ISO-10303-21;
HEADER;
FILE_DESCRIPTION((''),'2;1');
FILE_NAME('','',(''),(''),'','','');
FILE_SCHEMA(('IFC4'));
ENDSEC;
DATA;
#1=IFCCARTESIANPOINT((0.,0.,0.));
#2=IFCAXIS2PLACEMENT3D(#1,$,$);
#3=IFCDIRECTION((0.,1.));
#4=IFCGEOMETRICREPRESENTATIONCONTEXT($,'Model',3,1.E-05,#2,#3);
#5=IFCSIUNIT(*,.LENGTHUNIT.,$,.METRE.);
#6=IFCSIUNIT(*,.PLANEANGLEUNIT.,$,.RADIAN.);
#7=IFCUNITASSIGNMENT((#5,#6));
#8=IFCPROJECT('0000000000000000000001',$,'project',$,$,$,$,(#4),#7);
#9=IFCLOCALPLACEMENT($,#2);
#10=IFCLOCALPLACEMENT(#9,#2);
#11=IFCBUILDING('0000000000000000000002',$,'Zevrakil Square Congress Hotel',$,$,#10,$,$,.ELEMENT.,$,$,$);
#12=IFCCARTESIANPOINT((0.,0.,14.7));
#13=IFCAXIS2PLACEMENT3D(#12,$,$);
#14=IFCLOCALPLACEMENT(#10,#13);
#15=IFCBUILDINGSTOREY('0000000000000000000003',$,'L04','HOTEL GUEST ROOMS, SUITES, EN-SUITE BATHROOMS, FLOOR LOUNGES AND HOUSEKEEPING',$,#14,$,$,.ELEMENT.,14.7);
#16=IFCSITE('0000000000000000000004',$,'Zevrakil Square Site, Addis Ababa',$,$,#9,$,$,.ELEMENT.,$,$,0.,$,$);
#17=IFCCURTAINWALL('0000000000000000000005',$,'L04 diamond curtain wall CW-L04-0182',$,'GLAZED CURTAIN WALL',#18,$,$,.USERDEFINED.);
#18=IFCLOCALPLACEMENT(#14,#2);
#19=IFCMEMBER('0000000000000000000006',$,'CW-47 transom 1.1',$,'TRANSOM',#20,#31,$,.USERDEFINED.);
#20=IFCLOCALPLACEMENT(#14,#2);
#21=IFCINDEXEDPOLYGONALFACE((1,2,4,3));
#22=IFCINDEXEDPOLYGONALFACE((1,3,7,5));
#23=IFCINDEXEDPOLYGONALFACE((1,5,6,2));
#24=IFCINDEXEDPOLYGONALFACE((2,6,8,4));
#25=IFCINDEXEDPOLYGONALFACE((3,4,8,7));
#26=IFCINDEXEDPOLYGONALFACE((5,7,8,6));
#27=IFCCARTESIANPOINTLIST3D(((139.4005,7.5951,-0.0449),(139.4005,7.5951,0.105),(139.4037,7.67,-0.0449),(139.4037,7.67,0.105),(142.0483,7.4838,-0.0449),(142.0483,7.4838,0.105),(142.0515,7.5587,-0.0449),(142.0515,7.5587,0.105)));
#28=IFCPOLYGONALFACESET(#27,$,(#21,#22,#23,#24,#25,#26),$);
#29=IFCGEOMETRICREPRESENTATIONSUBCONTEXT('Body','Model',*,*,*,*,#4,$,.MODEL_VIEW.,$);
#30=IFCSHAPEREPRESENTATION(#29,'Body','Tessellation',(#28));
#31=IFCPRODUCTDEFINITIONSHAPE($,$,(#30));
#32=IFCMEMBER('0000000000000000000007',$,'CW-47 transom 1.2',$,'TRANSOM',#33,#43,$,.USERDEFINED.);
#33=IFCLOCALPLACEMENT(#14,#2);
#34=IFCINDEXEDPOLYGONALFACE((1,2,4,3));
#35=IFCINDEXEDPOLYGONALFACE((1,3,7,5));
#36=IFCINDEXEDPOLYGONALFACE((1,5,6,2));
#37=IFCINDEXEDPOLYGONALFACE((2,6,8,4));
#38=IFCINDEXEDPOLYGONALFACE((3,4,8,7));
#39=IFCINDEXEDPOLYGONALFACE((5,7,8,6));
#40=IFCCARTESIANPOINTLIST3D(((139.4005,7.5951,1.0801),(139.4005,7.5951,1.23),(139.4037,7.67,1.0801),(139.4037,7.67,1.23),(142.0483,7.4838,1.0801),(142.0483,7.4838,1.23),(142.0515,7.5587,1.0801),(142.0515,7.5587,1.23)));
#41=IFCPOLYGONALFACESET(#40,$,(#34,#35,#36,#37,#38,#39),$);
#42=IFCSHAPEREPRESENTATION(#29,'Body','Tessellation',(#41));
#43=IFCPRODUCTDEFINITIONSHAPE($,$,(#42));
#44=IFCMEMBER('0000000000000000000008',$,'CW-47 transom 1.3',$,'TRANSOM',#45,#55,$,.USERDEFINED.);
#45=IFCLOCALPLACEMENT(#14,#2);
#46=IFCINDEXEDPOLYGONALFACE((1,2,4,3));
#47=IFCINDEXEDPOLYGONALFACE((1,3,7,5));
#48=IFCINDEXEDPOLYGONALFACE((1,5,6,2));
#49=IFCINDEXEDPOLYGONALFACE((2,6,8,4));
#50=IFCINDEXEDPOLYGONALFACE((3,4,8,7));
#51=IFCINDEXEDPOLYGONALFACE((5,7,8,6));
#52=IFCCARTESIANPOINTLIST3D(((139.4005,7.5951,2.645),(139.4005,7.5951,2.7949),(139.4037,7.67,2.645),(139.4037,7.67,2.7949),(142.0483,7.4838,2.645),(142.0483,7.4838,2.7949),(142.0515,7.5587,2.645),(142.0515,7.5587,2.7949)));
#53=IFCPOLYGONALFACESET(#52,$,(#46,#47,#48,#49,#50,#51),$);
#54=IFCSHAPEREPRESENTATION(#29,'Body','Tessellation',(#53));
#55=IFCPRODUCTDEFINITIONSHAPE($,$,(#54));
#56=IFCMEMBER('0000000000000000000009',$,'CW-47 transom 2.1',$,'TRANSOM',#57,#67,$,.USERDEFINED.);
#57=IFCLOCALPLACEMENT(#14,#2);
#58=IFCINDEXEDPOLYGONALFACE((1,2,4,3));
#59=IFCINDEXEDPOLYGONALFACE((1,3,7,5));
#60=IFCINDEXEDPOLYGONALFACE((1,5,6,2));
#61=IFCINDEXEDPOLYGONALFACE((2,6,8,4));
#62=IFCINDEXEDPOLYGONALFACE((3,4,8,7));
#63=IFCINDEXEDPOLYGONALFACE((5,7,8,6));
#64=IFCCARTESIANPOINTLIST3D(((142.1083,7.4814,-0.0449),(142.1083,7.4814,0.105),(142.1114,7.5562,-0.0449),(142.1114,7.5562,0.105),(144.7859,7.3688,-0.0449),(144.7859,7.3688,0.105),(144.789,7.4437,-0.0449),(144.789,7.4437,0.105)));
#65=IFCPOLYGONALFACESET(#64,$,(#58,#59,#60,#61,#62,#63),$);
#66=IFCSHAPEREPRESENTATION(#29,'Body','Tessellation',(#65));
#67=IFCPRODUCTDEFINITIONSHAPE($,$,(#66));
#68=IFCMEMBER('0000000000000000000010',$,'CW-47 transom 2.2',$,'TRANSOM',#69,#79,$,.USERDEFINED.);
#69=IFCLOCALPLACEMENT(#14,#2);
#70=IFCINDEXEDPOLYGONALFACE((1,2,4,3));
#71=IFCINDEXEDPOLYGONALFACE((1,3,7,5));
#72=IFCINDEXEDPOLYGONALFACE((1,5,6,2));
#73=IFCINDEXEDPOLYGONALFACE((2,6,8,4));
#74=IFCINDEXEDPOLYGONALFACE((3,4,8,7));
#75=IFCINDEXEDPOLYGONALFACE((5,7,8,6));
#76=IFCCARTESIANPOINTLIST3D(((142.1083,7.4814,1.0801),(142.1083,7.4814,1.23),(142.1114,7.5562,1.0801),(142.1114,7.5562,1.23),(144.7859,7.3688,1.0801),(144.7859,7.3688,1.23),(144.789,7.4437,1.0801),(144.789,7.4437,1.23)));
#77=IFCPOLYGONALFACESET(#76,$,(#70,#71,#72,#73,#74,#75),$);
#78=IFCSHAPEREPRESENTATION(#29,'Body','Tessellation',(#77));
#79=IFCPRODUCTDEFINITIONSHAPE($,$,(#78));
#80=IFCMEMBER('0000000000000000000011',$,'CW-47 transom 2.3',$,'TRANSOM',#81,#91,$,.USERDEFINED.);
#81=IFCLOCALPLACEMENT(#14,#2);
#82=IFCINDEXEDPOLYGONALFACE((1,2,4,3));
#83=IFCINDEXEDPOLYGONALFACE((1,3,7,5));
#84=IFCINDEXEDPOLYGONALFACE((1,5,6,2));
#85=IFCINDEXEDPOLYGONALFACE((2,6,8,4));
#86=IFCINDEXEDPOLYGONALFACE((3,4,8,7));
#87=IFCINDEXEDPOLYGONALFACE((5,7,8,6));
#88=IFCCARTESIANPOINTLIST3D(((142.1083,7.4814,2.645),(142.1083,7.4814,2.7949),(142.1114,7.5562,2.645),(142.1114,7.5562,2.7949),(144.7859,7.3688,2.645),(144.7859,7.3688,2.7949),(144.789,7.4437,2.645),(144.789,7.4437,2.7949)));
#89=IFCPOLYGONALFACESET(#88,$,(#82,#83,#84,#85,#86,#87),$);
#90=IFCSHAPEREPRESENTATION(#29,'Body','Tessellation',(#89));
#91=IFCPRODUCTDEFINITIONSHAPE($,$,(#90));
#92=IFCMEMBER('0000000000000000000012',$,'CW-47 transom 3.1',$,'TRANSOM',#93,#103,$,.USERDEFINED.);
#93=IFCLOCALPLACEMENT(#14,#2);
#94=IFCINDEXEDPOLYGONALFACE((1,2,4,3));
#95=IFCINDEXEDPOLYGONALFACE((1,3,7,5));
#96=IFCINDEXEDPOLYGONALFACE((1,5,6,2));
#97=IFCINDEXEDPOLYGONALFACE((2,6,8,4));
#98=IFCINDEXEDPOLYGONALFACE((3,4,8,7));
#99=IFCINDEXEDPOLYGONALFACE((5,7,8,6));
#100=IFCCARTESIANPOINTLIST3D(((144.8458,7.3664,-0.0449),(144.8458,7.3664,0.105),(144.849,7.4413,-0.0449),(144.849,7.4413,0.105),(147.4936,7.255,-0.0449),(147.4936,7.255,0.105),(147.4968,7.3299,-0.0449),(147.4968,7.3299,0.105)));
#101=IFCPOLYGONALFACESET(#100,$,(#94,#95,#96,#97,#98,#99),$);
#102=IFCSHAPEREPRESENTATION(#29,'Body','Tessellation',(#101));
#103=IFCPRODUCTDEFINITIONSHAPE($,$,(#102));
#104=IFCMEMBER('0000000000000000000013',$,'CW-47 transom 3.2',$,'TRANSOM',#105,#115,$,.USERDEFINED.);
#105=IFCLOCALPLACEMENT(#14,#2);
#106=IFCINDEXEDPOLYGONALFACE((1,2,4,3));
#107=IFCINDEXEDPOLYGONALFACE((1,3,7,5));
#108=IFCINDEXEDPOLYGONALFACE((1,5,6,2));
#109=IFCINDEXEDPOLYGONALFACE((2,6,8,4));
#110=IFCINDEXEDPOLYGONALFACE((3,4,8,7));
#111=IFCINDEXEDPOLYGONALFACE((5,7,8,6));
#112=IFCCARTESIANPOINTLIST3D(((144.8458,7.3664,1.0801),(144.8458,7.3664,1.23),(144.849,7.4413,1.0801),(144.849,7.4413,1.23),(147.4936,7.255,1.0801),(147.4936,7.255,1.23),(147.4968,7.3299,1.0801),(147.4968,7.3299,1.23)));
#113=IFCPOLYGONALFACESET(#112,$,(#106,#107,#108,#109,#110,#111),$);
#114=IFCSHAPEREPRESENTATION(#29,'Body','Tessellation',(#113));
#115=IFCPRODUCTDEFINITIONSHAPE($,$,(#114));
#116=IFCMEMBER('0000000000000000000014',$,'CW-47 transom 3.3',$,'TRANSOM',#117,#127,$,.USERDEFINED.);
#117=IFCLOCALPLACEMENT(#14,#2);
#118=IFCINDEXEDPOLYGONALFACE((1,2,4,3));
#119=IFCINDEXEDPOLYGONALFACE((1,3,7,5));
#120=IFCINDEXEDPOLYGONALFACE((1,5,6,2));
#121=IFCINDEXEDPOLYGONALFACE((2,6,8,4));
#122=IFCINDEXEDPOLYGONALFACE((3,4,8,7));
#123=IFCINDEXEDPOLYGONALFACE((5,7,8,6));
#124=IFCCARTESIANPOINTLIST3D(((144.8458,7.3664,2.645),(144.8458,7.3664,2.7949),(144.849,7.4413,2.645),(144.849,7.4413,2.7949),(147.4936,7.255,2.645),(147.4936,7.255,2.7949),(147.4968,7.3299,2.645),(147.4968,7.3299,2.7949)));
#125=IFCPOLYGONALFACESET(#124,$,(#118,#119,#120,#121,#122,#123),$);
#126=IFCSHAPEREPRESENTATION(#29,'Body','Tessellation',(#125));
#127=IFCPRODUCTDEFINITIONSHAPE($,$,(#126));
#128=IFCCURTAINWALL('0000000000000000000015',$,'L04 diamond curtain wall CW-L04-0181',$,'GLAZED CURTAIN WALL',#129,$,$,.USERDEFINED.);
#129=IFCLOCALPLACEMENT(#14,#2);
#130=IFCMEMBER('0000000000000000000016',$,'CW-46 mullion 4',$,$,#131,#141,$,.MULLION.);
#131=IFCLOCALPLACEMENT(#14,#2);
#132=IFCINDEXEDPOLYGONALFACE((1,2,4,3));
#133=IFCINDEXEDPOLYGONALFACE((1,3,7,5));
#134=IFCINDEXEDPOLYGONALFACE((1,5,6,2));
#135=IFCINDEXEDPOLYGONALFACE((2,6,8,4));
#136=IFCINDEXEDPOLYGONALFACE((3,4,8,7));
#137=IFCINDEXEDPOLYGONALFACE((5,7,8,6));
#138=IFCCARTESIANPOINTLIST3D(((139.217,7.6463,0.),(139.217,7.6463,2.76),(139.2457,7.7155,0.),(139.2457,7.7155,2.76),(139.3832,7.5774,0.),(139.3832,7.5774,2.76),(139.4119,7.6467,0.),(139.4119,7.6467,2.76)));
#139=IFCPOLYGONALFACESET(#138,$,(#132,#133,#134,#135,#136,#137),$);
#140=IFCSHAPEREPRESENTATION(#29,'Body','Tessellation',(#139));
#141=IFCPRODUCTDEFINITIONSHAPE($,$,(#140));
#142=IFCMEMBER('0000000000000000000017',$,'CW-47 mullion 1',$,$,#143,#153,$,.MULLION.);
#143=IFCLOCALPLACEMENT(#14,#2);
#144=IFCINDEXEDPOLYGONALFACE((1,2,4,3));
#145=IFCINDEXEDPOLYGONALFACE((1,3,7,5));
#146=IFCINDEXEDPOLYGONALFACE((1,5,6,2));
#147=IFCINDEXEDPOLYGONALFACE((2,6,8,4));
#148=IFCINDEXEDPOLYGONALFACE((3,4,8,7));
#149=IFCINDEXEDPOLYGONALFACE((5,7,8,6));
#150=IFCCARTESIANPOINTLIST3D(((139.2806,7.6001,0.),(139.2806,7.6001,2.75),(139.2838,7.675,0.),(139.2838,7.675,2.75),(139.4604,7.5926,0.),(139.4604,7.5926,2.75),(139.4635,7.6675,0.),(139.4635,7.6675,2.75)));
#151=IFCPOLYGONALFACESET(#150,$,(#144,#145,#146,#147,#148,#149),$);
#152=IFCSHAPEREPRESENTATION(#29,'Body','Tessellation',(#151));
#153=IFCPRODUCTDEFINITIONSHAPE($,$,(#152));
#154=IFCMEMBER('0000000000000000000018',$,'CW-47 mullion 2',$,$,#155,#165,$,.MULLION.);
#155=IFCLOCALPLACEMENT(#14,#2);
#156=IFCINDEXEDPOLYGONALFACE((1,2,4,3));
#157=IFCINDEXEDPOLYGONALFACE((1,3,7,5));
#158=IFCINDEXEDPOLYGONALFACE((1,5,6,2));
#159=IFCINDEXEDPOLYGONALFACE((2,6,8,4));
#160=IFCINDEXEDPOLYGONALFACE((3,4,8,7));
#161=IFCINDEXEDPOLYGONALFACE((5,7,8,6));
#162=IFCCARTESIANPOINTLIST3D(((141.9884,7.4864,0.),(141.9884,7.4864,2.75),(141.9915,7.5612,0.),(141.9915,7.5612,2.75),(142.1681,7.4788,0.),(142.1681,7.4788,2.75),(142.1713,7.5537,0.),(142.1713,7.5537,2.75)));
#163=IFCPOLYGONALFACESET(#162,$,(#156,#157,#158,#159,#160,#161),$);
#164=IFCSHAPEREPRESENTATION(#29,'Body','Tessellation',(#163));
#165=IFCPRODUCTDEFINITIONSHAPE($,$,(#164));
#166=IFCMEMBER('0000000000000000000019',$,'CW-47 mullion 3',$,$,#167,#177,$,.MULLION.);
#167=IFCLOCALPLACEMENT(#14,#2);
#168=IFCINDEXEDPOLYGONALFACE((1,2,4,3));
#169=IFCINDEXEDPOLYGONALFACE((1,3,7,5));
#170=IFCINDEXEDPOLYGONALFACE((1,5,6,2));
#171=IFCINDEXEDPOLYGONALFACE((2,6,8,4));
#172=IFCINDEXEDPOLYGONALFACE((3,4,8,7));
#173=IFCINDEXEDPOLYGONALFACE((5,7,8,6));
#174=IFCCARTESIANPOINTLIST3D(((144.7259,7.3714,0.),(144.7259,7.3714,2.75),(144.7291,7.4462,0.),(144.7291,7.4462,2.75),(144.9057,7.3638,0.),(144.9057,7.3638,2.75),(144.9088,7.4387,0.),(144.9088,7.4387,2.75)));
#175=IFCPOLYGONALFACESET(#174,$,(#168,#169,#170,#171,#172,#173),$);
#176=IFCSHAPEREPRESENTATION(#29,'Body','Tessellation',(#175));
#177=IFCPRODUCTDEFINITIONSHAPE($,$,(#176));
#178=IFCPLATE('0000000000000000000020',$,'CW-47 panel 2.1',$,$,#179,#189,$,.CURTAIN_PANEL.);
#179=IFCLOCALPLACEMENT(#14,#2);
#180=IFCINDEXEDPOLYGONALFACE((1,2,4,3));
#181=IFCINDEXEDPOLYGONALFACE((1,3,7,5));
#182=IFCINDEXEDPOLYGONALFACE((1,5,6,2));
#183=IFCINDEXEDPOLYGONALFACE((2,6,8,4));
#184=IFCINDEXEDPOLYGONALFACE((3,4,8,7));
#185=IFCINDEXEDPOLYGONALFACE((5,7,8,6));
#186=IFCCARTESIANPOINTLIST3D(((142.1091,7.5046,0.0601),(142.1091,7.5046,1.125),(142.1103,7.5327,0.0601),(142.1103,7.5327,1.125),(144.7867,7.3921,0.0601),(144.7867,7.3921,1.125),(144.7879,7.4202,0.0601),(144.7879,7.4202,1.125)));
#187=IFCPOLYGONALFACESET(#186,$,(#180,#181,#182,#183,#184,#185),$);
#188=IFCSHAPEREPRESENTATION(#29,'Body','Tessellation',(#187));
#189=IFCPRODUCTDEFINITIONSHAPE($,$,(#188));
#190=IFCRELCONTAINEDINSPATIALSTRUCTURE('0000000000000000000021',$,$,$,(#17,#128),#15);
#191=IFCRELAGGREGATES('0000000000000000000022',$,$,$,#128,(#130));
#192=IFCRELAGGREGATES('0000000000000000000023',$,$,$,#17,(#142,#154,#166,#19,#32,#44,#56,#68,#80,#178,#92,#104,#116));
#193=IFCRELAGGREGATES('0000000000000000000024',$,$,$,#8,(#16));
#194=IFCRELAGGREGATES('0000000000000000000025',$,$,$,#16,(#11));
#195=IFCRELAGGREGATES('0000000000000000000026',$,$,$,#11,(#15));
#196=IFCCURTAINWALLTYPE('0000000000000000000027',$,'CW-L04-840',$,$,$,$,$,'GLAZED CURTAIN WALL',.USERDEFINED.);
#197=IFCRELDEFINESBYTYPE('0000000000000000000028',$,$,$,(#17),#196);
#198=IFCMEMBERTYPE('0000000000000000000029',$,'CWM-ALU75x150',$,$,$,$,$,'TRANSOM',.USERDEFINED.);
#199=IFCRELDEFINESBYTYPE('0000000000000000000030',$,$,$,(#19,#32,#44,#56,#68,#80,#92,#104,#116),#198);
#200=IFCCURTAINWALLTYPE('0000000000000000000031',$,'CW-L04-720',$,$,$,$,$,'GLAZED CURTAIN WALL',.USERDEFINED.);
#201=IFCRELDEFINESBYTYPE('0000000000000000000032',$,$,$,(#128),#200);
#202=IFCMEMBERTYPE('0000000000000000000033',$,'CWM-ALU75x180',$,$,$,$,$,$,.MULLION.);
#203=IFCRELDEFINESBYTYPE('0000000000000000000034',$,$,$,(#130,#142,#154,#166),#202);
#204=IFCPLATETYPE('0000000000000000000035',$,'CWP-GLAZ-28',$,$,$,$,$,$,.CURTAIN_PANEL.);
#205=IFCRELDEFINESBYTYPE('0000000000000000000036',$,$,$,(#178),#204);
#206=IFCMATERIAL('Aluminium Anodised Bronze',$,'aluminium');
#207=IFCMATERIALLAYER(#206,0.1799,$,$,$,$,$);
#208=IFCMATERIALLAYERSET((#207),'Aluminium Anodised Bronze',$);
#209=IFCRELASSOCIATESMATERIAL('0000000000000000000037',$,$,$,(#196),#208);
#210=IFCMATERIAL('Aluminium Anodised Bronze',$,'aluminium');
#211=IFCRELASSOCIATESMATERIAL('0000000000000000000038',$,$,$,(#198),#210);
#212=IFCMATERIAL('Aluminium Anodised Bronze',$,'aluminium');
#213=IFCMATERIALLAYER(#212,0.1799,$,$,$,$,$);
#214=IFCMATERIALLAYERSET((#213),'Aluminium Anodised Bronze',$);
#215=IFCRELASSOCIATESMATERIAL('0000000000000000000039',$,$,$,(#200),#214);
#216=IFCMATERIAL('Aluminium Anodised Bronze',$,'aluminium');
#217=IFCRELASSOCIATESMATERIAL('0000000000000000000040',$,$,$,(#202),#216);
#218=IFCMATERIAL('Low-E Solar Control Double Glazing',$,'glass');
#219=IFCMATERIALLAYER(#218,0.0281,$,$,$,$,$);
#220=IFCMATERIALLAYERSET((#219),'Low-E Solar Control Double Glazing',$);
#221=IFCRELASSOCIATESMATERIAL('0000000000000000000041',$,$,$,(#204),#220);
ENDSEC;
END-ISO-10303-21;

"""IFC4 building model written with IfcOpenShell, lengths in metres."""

from ifc_helpers import new_model, si_unit, direction, frame, origin, origin_2d, place, context, subcontext, project, spatial, rectangle, extrude, material, layer, layer_set, material_profile, profile_set, type_object, element, aggregate, save


model = new_model("IFC4")

# Units and contexts
model_context = context("Model", 3, precision=1e-05, world=origin(), true_north=direction((0.0, 1.0)))
body_context = subcontext(model_context, "Body", "Model", "MODEL_VIEW")
ifc_project = project(units=[si_unit("LENGTHUNIT", "METRE"), si_unit("PLANEANGLEUNIT", "RADIAN")], contexts=[model_context])

# Site, building, storey
site_placement = place(None, origin())
site = spatial("IfcSite", under=ifc_project, at=site_placement, Name="Zevrakil Square Site, Addis Ababa", CompositionType="ELEMENT", RefElevation=0.0)
building_placement = place(site_placement, origin())
building = spatial("IfcBuilding", under=site, at=building_placement, Name="Zevrakil Square Congress Hotel", CompositionType="ELEMENT")
storey_placement = place(building_placement, frame((0.0, 0.0, 14.7)))
storey = spatial("IfcBuildingStorey", under=building, at=storey_placement, Name="L04", Description="HOTEL GUEST ROOMS, SUITES, EN-SUITE BATHROOMS, FLOOR LOUNGES AND HOUSEKEEPING", CompositionType="ELEMENT", Elevation=14.7)

# Curtain wall, members
ifc_material_1 = material(Name="Aluminium Anodised Bronze", Category="aluminium")
ifc_layer_1 = layer(ifc_material_1, 0.1799)
ifc_layer_set_1 = layer_set([ifc_layer_1], Name="Aluminium Anodised Bronze")
curtain_wall_type_1 = type_object("IfcCurtainWallType", Name="CW-L04-840", ElementType="GLAZED CURTAIN WALL", PredefinedType="USERDEFINED", material=ifc_layer_set_1)
curtain_wall_1_placement = place(storey_placement, origin())
curtain_wall_1 = element("IfcCurtainWall", 1, at=curtain_wall_1_placement, inside=storey, type_object=curtain_wall_type_1, Name="L04 diamond curtain wall CW-L04-0182", ObjectType="GLAZED CURTAIN WALL", PredefinedType="USERDEFINED")
ifc_material_2 = material(Name="Aluminium Anodised Bronze", Category="aluminium")
ifc_material_profile_1 = material_profile(ifc_material_2, rectangle(XDim=0.075, YDim=0.1499, at=origin_2d()), Name="ALU 75x150")
ifc_profile_set_1 = profile_set([ifc_material_profile_1], Name="Aluminium Anodised Bronze")
member_type_1 = type_object("IfcMemberType", Name="CWM-ALU75x150", ElementType="TRANSOM", PredefinedType="USERDEFINED", material=ifc_profile_set_1)
member_1_placement = place(storey_placement, frame((139.4021, 7.6326, 0.03), z_axis=(0.999117, -0.04201, 0.0), x_axis=(0.04201, 0.999117, 0.0)))
member_1 = element("IfcMember", 2, at=member_1_placement, type_object=member_type_1, Name="CW-47 transom 1.1", ObjectType="TRANSOM", PredefinedType="USERDEFINED", context=body_context, shape_type="SweptSolid", body=[
    extrude(rectangle(XDim=0.075, YDim=0.1499, at=origin_2d()), origin(), (0.0, 0.0, 1.0), 2.6501),
])
member_2_placement = place(storey_placement, frame((139.4021, 7.6326, 1.155), z_axis=(0.999117, -0.04201, 0.0), x_axis=(0.04201, 0.999117, 0.0)))
member_2 = element("IfcMember", 3, at=member_2_placement, type_object=member_type_1, Name="CW-47 transom 1.2", ObjectType="TRANSOM", PredefinedType="USERDEFINED", context=body_context, shape_type="SweptSolid", body=[
    extrude(rectangle(XDim=0.075, YDim=0.1499, at=origin_2d()), origin(), (0.0, 0.0, 1.0), 2.6501),
])
member_3_placement = place(storey_placement, frame((139.4021, 7.6326, 2.72), z_axis=(0.999117, -0.04201, 0.0), x_axis=(0.04201, 0.999117, 0.0)))
member_3 = element("IfcMember", 4, at=member_3_placement, type_object=member_type_1, Name="CW-47 transom 1.3", ObjectType="TRANSOM", PredefinedType="USERDEFINED", context=body_context, shape_type="SweptSolid", body=[
    extrude(rectangle(XDim=0.075, YDim=0.1499, at=origin_2d()), origin(), (0.0, 0.0, 1.0), 2.6501),
])
member_4_placement = place(storey_placement, frame((142.1099, 7.5188, 0.03), z_axis=(0.999118, -0.041998, 0.0), x_axis=(0.041998, 0.999118, 0.0)))
member_4 = element("IfcMember", 5, at=member_4_placement, type_object=member_type_1, Name="CW-47 transom 2.1", ObjectType="TRANSOM", PredefinedType="USERDEFINED", context=body_context, shape_type="SweptSolid", body=[
    extrude(rectangle(XDim=0.075, YDim=0.1499, at=origin_2d()), origin(), (0.0, 0.0, 1.0), 2.6799),
])
member_5_placement = place(storey_placement, frame((142.1099, 7.5188, 1.155), z_axis=(0.999118, -0.041998, 0.0), x_axis=(0.041998, 0.999118, 0.0)))
member_5 = element("IfcMember", 6, at=member_5_placement, type_object=member_type_1, Name="CW-47 transom 2.2", ObjectType="TRANSOM", PredefinedType="USERDEFINED", context=body_context, shape_type="SweptSolid", body=[
    extrude(rectangle(XDim=0.075, YDim=0.1499, at=origin_2d()), origin(), (0.0, 0.0, 1.0), 2.6799),
])
member_6_placement = place(storey_placement, frame((142.1099, 7.5188, 2.72), z_axis=(0.999118, -0.041998, 0.0), x_axis=(0.041998, 0.999118, 0.0)))
member_6 = element("IfcMember", 7, at=member_6_placement, type_object=member_type_1, Name="CW-47 transom 2.3", ObjectType="TRANSOM", PredefinedType="USERDEFINED", context=body_context, shape_type="SweptSolid", body=[
    extrude(rectangle(XDim=0.075, YDim=0.1499, at=origin_2d()), origin(), (0.0, 0.0, 1.0), 2.6799),
])
member_7_placement = place(storey_placement, frame((144.8474, 7.4038, 0.03), z_axis=(0.999117, -0.04201, 0.0), x_axis=(0.04201, 0.999117, 0.0)))
member_7 = element("IfcMember", 8, at=member_7_placement, type_object=member_type_1, Name="CW-47 transom 3.1", ObjectType="TRANSOM", PredefinedType="USERDEFINED", context=body_context, shape_type="SweptSolid", body=[
    extrude(rectangle(XDim=0.075, YDim=0.1499, at=origin_2d()), origin(), (0.0, 0.0, 1.0), 2.6501),
])
member_8_placement = place(storey_placement, frame((144.8474, 7.4038, 1.155), z_axis=(0.999117, -0.04201, 0.0), x_axis=(0.04201, 0.999117, 0.0)))
member_8 = element("IfcMember", 9, at=member_8_placement, type_object=member_type_1, Name="CW-47 transom 3.2", ObjectType="TRANSOM", PredefinedType="USERDEFINED", context=body_context, shape_type="SweptSolid", body=[
    extrude(rectangle(XDim=0.075, YDim=0.1499, at=origin_2d()), origin(), (0.0, 0.0, 1.0), 2.6501),
])
member_9_placement = place(storey_placement, frame((144.8474, 7.4038, 2.72), z_axis=(0.999117, -0.04201, 0.0), x_axis=(0.04201, 0.999117, 0.0)))
member_9 = element("IfcMember", 10, at=member_9_placement, type_object=member_type_1, Name="CW-47 transom 3.3", ObjectType="TRANSOM", PredefinedType="USERDEFINED", context=body_context, shape_type="SweptSolid", body=[
    extrude(rectangle(XDim=0.075, YDim=0.1499, at=origin_2d()), origin(), (0.0, 0.0, 1.0), 2.6501),
])

# Curtain wall, member
ifc_material_3 = material(Name="Aluminium Anodised Bronze", Category="aluminium")
ifc_layer_2 = layer(ifc_material_3, 0.1799)
ifc_layer_set_2 = layer_set([ifc_layer_2], Name="Aluminium Anodised Bronze")
curtain_wall_type_2 = type_object("IfcCurtainWallType", Name="CW-L04-720", ElementType="GLAZED CURTAIN WALL", PredefinedType="USERDEFINED", material=ifc_layer_set_2)
curtain_wall_2_placement = place(storey_placement, origin())
curtain_wall_2 = element("IfcCurtainWall", 11, at=curtain_wall_2_placement, inside=storey, type_object=curtain_wall_type_2, Name="L04 diamond curtain wall CW-L04-0181", ObjectType="GLAZED CURTAIN WALL", PredefinedType="USERDEFINED")
ifc_material_4 = material(Name="Aluminium Anodised Bronze", Category="aluminium")
ifc_material_profile_2 = material_profile(ifc_material_4, rectangle(XDim=0.075, YDim=0.1799, at=origin_2d()), Name="ALU 75x180")
ifc_profile_set_2 = profile_set([ifc_material_profile_2], Name="Aluminium Anodised Bronze")
member_type_2 = type_object("IfcMemberType", Name="CWM-ALU75x180", PredefinedType="MULLION", material=ifc_profile_set_2)
member_10_placement = place(storey_placement, frame((139.3145, 7.6465, 0.0), z_axis=(0.0, 0.0, 1.0), x_axis=(0.382684, 0.923879, 0.0)))
member_10 = element("IfcMember", 12, at=member_10_placement, type_object=member_type_2, Name="CW-46 mullion 4", PredefinedType="MULLION", context=body_context, shape_type="SweptSolid", body=[
    extrude(rectangle(XDim=0.075, YDim=0.1799, at=origin_2d()), origin(), (0.0, 0.0, 1.0), 2.76),
])
aggregate(curtain_wall_2, [member_10])

# Members
member_11_placement = place(storey_placement, frame((139.3721, 7.6338, 0.0), z_axis=(0.0, 0.0, 1.0), x_axis=(0.041971, 0.999119, 0.0)))
member_11 = element("IfcMember", 13, at=member_11_placement, type_object=member_type_2, Name="CW-47 mullion 1", PredefinedType="MULLION", context=body_context, shape_type="SweptSolid", body=[
    extrude(rectangle(XDim=0.075, YDim=0.1799, at=origin_2d()), origin(), (0.0, 0.0, 1.0), 2.75),
])
member_12_placement = place(storey_placement, frame((142.0798, 7.52, 0.0), z_axis=(0.0, 0.0, 1.0), x_axis=(0.041971, 0.999119, 0.0)))
member_12 = element("IfcMember", 14, at=member_12_placement, type_object=member_type_2, Name="CW-47 mullion 2", PredefinedType="MULLION", context=body_context, shape_type="SweptSolid", body=[
    extrude(rectangle(XDim=0.075, YDim=0.1799, at=origin_2d()), origin(), (0.0, 0.0, 1.0), 2.75),
])
member_13_placement = place(storey_placement, frame((144.8174, 7.405, 0.0), z_axis=(0.0, 0.0, 1.0), x_axis=(0.041971, 0.999119, 0.0)))
member_13 = element("IfcMember", 15, at=member_13_placement, type_object=member_type_2, Name="CW-47 mullion 3", PredefinedType="MULLION", context=body_context, shape_type="SweptSolid", body=[
    extrude(rectangle(XDim=0.075, YDim=0.1799, at=origin_2d()), origin(), (0.0, 0.0, 1.0), 2.75),
])

# Plate
ifc_material_5 = material(Name="Low-E Solar Control Double Glazing", Category="glass")
ifc_layer_3 = layer(ifc_material_5, 0.0281)
ifc_layer_set_3 = layer_set([ifc_layer_3], Name="Low-E Solar Control Double Glazing")
plate_type_1 = type_object("IfcPlateType", Name="CWP-GLAZ-28", PredefinedType="CURTAIN_PANEL", material=ifc_layer_set_3)
plate_1_placement = place(storey_placement, frame((143.4485, 7.4624, 0.0601), z_axis=(0.0, 0.0, 1.0), x_axis=(0.999119, -0.041971, 0.0)))
plate_1 = element("IfcPlate", 16, at=plate_1_placement, type_object=plate_type_1, Name="CW-47 panel 2.1", PredefinedType="CURTAIN_PANEL", context=body_context, shape_type="SweptSolid", body=[
    extrude(rectangle(XDim=2.6799, YDim=0.0281, at=origin_2d()), origin(), (0.0, 0.0, 1.0), 1.0649),
])
aggregate(curtain_wall_1, [member_11, member_12, member_13, member_1, member_2, member_3, member_4, member_5, member_6, plate_1, member_7, member_8, member_9])

save(model, "model.ifc")
